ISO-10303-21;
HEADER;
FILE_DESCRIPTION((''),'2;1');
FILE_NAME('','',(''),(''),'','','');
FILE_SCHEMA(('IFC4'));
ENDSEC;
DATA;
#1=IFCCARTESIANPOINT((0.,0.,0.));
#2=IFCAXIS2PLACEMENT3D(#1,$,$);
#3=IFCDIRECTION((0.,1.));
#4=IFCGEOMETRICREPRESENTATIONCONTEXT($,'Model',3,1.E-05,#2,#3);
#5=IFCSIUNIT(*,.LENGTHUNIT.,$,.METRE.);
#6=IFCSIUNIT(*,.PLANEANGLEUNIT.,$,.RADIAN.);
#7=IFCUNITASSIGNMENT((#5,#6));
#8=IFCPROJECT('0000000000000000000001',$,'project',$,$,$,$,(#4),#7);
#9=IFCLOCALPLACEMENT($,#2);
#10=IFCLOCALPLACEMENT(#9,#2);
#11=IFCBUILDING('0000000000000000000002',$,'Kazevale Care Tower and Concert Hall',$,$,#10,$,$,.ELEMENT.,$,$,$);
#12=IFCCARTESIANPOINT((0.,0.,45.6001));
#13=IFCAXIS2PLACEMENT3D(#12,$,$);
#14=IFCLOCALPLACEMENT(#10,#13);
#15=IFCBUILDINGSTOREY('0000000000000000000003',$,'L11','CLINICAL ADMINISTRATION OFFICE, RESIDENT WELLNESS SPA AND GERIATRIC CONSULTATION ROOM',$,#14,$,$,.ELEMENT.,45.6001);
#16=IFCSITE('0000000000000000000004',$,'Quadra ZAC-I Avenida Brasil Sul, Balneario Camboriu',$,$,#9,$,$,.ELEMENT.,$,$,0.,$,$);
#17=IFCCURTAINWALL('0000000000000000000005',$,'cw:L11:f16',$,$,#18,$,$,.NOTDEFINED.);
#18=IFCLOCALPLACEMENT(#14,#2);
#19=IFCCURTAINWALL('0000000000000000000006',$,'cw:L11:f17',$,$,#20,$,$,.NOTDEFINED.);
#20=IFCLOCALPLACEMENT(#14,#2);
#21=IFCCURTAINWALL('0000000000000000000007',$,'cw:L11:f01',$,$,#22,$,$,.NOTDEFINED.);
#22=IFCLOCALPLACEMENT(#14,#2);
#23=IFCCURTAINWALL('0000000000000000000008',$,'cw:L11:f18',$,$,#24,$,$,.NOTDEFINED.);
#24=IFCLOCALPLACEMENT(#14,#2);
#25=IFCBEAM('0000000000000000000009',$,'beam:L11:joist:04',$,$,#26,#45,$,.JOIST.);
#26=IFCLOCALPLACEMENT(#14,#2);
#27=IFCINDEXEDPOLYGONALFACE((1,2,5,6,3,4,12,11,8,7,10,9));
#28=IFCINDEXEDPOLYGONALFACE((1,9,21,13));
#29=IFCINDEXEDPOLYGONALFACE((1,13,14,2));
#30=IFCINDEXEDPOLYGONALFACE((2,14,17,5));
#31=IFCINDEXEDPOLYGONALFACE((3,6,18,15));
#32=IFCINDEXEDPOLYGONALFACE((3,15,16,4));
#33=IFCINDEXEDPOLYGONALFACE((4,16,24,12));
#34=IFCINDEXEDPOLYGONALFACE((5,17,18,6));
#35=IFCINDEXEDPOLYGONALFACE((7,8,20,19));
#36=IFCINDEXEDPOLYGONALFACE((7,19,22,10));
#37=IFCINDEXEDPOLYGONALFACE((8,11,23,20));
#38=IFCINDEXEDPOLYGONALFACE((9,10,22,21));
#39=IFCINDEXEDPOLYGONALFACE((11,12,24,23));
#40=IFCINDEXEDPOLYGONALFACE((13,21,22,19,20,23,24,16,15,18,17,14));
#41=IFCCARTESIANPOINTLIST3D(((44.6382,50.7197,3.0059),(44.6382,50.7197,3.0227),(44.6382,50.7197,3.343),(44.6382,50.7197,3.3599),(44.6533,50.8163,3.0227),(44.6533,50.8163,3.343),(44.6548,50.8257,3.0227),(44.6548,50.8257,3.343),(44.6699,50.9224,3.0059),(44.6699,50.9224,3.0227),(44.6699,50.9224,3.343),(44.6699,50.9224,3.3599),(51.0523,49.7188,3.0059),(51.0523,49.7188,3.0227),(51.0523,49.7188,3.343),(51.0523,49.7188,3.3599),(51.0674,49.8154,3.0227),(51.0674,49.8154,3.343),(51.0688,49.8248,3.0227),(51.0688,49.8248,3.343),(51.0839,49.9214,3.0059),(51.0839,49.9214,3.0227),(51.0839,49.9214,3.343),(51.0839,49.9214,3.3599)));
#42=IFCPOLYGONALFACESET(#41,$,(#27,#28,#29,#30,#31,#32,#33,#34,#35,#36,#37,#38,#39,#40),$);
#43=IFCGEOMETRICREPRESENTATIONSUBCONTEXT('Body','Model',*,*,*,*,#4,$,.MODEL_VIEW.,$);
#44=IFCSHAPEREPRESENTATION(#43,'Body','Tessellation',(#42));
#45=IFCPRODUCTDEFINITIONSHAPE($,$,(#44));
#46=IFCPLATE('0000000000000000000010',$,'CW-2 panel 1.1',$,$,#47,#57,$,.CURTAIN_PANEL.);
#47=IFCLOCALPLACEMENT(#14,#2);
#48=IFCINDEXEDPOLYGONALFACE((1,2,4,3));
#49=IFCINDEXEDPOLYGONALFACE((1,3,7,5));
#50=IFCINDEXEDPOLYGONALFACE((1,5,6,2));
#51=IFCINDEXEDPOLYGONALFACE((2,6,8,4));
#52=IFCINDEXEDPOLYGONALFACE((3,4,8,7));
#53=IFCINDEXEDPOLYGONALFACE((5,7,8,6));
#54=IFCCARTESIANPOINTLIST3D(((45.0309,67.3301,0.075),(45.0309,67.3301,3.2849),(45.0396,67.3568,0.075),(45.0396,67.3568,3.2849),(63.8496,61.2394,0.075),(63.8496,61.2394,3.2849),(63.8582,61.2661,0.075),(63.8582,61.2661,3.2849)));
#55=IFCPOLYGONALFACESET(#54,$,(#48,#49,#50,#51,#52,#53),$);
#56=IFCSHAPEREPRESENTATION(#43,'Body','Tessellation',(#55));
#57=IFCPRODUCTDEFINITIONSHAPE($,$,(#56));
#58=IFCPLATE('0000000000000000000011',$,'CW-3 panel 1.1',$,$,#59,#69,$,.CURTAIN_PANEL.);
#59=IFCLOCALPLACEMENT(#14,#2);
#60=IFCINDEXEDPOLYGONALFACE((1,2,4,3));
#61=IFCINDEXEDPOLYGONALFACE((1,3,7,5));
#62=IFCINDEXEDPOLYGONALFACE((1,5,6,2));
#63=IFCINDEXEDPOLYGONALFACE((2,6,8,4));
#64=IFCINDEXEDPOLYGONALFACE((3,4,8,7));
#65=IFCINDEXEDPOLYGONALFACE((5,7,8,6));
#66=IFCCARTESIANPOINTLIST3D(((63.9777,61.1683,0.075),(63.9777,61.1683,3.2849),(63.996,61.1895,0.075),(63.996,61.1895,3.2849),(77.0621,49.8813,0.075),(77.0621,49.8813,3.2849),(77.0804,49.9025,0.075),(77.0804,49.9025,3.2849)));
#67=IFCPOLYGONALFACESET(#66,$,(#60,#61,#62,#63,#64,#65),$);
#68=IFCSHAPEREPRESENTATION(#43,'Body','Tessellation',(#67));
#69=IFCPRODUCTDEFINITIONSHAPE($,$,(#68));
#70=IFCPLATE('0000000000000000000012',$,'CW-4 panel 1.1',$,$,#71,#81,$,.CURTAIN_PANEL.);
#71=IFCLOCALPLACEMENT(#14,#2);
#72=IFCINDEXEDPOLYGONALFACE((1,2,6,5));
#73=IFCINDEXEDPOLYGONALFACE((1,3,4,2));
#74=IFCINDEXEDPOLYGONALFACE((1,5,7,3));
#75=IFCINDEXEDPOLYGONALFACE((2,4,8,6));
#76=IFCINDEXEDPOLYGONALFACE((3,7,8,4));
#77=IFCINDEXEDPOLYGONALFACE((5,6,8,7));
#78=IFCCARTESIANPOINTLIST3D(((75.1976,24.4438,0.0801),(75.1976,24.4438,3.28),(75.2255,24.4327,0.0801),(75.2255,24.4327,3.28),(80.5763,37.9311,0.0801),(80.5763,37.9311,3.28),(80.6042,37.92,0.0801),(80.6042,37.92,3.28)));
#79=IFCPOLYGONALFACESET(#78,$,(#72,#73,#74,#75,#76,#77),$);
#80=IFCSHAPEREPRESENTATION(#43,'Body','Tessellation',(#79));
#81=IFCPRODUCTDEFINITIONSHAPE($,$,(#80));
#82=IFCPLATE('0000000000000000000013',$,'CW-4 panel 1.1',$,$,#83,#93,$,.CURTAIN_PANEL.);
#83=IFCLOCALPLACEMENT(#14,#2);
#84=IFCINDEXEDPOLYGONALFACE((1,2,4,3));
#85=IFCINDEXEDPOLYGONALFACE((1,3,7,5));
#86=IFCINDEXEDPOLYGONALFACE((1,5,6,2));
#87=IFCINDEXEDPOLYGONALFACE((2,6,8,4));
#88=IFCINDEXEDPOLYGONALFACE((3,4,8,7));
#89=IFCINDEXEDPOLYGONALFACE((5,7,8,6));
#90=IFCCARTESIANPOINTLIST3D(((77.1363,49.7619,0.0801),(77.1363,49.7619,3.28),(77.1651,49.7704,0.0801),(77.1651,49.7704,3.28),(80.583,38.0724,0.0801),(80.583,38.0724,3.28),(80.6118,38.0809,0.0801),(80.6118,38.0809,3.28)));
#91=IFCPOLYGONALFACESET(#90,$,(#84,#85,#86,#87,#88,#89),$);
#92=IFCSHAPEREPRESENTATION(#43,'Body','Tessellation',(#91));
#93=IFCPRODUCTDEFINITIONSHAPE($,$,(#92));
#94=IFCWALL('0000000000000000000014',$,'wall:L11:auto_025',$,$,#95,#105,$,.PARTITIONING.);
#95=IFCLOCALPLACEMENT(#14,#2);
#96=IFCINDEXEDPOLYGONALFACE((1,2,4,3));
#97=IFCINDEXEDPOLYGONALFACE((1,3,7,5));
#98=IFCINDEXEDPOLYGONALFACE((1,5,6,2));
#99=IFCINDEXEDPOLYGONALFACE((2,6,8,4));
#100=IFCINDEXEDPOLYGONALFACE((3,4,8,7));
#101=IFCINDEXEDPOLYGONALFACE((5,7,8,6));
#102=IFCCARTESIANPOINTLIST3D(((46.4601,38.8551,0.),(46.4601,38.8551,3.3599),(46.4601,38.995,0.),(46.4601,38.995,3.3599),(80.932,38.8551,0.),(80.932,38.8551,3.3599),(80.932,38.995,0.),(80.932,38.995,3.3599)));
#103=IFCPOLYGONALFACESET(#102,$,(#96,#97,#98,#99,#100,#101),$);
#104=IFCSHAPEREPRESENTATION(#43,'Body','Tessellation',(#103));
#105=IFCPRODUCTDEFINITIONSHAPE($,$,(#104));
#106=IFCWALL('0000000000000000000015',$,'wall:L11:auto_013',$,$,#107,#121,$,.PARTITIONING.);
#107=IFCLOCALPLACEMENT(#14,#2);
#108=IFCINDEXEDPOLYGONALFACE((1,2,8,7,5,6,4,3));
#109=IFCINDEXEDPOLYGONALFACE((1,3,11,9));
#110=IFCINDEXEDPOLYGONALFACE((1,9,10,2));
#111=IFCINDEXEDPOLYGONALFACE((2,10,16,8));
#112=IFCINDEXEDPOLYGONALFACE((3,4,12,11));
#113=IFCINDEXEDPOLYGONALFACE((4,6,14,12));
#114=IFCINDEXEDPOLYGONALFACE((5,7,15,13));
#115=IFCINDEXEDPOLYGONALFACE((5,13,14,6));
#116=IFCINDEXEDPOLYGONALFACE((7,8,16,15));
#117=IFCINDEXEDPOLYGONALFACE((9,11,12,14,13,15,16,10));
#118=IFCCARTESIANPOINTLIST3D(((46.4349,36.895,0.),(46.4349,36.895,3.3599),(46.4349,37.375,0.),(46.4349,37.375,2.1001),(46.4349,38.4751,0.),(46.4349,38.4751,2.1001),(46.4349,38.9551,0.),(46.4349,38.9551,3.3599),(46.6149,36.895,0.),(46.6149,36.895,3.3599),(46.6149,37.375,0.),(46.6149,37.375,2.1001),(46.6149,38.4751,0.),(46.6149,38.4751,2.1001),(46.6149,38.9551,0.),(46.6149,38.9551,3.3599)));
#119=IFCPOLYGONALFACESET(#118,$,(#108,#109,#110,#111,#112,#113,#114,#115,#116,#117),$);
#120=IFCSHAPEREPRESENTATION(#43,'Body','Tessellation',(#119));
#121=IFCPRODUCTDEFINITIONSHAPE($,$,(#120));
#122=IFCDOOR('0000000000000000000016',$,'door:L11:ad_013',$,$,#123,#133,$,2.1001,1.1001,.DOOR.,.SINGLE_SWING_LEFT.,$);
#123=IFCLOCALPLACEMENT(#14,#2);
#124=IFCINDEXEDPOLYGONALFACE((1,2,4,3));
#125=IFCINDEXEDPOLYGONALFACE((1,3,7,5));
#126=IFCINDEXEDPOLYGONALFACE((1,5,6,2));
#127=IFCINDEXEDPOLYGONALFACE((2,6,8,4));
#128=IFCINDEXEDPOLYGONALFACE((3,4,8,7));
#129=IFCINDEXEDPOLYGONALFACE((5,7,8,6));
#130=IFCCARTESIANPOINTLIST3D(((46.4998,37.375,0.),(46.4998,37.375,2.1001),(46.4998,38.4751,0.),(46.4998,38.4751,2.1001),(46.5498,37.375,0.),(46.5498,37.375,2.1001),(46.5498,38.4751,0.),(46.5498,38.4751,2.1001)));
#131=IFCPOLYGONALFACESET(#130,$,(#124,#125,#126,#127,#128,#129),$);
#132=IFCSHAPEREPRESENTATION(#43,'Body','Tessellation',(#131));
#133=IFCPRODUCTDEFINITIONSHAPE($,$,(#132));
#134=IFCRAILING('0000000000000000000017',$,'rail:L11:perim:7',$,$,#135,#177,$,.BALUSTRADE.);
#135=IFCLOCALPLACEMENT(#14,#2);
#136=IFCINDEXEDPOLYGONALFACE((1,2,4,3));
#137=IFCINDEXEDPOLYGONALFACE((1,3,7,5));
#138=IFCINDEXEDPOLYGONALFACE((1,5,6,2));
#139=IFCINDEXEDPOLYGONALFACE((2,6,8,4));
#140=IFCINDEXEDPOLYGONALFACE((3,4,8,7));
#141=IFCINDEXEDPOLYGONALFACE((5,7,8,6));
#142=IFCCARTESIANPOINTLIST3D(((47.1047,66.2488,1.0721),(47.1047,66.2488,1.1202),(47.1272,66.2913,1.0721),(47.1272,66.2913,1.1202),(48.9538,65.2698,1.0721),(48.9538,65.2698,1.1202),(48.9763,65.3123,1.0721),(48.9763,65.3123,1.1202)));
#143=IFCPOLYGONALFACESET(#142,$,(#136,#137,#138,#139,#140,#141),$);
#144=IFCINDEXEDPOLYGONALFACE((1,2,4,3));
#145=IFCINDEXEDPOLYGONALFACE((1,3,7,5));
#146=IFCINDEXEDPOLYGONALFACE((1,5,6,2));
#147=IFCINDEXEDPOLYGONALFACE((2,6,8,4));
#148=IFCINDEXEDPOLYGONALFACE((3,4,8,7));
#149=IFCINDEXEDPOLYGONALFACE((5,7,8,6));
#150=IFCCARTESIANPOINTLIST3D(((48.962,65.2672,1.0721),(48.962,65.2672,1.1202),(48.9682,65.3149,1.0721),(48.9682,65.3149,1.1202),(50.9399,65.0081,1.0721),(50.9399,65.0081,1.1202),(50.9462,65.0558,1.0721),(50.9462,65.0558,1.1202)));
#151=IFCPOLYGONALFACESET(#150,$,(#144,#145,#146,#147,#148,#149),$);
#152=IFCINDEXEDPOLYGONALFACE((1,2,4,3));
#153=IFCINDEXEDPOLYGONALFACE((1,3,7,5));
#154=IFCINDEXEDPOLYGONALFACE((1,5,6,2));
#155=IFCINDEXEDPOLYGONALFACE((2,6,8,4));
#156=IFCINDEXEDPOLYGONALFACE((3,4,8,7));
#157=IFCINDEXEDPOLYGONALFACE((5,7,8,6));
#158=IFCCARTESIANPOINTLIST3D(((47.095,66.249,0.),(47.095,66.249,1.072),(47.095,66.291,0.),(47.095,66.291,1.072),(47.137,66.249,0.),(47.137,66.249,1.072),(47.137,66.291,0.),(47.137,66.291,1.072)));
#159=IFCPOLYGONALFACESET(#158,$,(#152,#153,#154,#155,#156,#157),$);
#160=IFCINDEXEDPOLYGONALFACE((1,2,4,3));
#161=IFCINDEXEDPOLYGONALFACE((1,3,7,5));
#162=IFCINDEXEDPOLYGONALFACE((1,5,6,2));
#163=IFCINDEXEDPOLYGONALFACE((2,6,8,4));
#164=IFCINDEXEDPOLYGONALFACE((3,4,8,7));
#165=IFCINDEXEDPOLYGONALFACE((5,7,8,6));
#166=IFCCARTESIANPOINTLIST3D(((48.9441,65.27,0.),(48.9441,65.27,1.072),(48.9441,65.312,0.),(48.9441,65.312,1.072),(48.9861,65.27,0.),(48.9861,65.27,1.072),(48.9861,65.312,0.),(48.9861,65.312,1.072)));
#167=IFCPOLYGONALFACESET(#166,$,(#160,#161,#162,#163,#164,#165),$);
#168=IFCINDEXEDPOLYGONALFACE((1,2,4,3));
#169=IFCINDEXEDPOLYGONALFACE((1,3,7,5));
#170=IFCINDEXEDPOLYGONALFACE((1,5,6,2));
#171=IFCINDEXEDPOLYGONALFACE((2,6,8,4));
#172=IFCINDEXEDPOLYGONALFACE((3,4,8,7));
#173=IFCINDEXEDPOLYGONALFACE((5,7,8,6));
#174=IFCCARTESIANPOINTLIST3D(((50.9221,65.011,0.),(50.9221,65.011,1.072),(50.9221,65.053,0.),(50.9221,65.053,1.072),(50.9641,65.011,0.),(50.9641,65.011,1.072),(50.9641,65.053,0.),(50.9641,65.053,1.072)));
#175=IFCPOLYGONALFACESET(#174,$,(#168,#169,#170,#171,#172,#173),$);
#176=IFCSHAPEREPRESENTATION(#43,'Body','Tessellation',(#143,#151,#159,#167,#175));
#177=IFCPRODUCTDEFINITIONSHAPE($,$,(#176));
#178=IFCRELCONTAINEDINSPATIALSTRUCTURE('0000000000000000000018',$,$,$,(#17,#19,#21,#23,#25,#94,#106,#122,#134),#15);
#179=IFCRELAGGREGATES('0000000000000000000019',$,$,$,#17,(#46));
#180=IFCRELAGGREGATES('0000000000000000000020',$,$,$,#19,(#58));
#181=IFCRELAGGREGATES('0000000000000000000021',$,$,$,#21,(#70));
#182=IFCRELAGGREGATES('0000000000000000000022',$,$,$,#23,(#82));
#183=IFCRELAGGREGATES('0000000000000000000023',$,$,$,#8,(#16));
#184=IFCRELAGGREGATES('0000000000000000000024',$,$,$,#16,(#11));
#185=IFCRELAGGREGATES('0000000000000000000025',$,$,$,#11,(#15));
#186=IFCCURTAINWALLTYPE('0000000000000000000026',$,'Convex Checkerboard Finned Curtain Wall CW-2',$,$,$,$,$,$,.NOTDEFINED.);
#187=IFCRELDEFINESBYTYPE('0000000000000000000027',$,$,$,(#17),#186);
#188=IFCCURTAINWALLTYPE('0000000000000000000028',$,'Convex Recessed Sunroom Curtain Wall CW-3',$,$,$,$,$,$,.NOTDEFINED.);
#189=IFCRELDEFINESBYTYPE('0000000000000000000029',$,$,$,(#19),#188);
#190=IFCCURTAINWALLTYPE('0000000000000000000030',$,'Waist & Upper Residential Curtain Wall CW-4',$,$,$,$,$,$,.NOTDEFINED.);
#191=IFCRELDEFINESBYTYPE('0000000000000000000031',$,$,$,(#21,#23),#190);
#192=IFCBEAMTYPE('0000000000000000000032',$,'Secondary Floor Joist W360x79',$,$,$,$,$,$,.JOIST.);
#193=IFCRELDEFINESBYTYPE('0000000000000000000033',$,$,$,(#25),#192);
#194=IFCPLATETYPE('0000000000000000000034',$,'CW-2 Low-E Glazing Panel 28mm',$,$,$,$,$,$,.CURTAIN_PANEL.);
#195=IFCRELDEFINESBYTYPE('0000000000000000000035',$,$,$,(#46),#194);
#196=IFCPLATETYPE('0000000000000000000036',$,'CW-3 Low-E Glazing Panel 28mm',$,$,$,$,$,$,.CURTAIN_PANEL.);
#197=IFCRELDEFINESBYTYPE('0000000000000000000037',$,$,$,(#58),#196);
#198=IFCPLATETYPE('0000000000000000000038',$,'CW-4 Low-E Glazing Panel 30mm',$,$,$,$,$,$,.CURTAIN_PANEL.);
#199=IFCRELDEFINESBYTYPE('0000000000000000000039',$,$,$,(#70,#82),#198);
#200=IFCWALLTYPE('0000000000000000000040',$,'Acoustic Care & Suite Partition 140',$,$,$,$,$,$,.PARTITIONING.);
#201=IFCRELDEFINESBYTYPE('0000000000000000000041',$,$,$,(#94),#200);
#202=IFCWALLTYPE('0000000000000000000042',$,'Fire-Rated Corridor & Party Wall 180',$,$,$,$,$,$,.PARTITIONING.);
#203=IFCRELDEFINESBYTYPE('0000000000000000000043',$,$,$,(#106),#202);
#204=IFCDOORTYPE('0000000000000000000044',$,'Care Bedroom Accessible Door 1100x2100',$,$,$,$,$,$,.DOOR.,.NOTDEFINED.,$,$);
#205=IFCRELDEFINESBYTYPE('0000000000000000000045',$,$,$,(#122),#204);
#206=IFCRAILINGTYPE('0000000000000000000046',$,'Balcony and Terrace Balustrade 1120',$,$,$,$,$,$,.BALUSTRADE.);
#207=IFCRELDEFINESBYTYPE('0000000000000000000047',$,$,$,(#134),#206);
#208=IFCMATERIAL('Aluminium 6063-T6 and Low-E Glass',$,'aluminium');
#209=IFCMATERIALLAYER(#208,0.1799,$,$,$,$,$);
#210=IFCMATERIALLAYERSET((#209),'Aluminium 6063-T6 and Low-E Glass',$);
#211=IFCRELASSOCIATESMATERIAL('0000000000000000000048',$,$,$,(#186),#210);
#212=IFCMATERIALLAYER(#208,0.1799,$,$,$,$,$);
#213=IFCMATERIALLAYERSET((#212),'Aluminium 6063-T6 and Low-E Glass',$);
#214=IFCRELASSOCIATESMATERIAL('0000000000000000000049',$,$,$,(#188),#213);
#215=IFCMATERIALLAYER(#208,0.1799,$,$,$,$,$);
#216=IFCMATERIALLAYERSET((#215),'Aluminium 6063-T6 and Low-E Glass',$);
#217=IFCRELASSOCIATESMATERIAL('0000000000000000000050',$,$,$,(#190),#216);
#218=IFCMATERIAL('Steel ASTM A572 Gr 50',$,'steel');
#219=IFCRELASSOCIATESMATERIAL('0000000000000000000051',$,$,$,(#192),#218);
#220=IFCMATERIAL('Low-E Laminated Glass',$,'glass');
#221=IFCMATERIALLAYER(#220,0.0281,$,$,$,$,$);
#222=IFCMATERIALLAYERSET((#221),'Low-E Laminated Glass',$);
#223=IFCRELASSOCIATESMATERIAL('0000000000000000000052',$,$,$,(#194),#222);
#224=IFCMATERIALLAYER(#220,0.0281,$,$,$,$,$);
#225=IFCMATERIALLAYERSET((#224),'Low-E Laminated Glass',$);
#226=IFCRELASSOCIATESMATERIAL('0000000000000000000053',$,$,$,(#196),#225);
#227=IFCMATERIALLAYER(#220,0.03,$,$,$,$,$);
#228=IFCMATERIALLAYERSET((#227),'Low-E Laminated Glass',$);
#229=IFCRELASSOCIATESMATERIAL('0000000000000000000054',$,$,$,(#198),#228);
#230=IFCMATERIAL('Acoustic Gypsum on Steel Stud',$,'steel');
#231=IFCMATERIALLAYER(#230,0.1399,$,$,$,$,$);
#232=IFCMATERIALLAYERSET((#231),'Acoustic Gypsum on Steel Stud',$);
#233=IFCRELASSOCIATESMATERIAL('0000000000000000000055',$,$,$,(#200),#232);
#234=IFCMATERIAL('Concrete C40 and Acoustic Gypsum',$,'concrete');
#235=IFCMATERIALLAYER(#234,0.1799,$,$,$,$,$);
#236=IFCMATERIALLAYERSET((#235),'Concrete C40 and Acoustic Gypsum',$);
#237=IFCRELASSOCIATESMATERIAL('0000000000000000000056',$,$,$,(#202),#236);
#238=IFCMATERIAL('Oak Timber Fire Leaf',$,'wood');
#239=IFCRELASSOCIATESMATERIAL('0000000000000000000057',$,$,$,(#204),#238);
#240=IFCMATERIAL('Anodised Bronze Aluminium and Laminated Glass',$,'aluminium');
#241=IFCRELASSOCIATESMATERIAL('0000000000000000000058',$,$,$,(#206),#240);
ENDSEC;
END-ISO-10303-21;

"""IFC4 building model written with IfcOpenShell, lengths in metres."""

from ifc_helpers import new_model, si_unit, direction, frame, frame_2d, origin, origin_2d, place, context, subcontext, project, spatial, rectangle, i_section, extrude, material, layer, layer_set, material_profile, profile_set, type_object, element, fill, aggregate, save


model = new_model("IFC4")

# Units and contexts
model_context = context("Model", 3, precision=1e-05, world=origin(), true_north=direction((0.0, 1.0)))
body_context = subcontext(model_context, "Body", "Model", "MODEL_VIEW")
ifc_project = project(units=[si_unit("LENGTHUNIT", "METRE"), si_unit("PLANEANGLEUNIT", "RADIAN")], contexts=[model_context])

# Site, building, storey
site_placement = place(None, origin())
site = spatial("IfcSite", under=ifc_project, at=site_placement, Name="Quadra ZAC-I Avenida Brasil Sul, Balneario Camboriu", CompositionType="ELEMENT", RefElevation=0.0)
building_placement = place(site_placement, origin())
building = spatial("IfcBuilding", under=site, at=building_placement, Name="Kazevale Care Tower and Concert Hall", CompositionType="ELEMENT")
storey_placement = place(building_placement, frame((0.0, 0.0, 45.6001)))
storey = spatial("IfcBuildingStorey", under=building, at=storey_placement, Name="L11", Description="CLINICAL ADMINISTRATION OFFICE, RESIDENT WELLNESS SPA AND GERIATRIC CONSULTATION ROOM", CompositionType="ELEMENT", Elevation=45.6001)

# Curtain wall
ifc_material_1 = material(Name="Aluminium 6063-T6 and Low-E Glass", Category="aluminium")
ifc_layer_1 = layer(ifc_material_1, 0.1799)
ifc_layer_set_1 = layer_set([ifc_layer_1], Name="Aluminium 6063-T6 and Low-E Glass")
curtain_wall_type_1 = type_object("IfcCurtainWallType", Name="Convex Checkerboard Finned Curtain Wall CW-2", PredefinedType="NOTDEFINED", material=ifc_layer_set_1)
curtain_wall_1_placement = place(storey_placement, origin())
curtain_wall_1 = element("IfcCurtainWall", 1, at=curtain_wall_1_placement, inside=storey, type_object=curtain_wall_type_1, Name="cw:L11:f16", PredefinedType="NOTDEFINED")

# Curtain wall
ifc_layer_2 = layer(ifc_material_1, 0.1799)
ifc_layer_set_2 = layer_set([ifc_layer_2], Name="Aluminium 6063-T6 and Low-E Glass")
curtain_wall_type_2 = type_object("IfcCurtainWallType", Name="Convex Recessed Sunroom Curtain Wall CW-3", PredefinedType="NOTDEFINED", material=ifc_layer_set_2)
curtain_wall_2_placement = place(storey_placement, origin())
curtain_wall_2 = element("IfcCurtainWall", 2, at=curtain_wall_2_placement, inside=storey, type_object=curtain_wall_type_2, Name="cw:L11:f17", PredefinedType="NOTDEFINED")

# Curtain wall
ifc_layer_3 = layer(ifc_material_1, 0.1799)
ifc_layer_set_3 = layer_set([ifc_layer_3], Name="Aluminium 6063-T6 and Low-E Glass")
curtain_wall_type_3 = type_object("IfcCurtainWallType", Name="Waist & Upper Residential Curtain Wall CW-4", PredefinedType="NOTDEFINED", material=ifc_layer_set_3)
curtain_wall_3_placement = place(storey_placement, origin())
curtain_wall_3 = element("IfcCurtainWall", 3, at=curtain_wall_3_placement, inside=storey, type_object=curtain_wall_type_3, Name="cw:L11:f01", PredefinedType="NOTDEFINED")

# Curtain wall
curtain_wall_4_placement = place(storey_placement, origin())
curtain_wall_4 = element("IfcCurtainWall", 4, at=curtain_wall_4_placement, inside=storey, type_object=curtain_wall_type_3, Name="cw:L11:f18", PredefinedType="NOTDEFINED")

# Beam
ifc_material_2 = material(Name="Steel ASTM A572 Gr 50", Category="steel")
ifc_material_profile_1 = material_profile(ifc_material_2, i_section(OverallWidth=0.2051, OverallDepth=0.354, WebThickness=0.0095, FlangeThickness=0.0168, at=origin_2d()), Name="W360x79")
ifc_profile_set_1 = profile_set([ifc_material_profile_1], Name="Steel ASTM A572 Gr 50")
beam_type_1 = type_object("IfcBeamType", Name="Secondary Floor Joist W360x79", PredefinedType="JOIST", material=ifc_profile_set_1)
beam_1_placement = place(storey_placement, frame((51.0681, 49.8201, 3.1829), z_axis=(-0.988041, 0.154193, 0.0), x_axis=(-0.154193, -0.988041, 0.0)))
element("IfcBeam", 5, at=beam_1_placement, inside=storey, type_object=beam_type_1, Name="beam:L11:joist:04", PredefinedType="JOIST", context=body_context, shape_type="SweptSolid", body=[
    extrude(i_section(OverallWidth=0.2051, OverallDepth=0.354, WebThickness=0.0095, FlangeThickness=0.0168, at=origin_2d()), origin(), (0.0, 0.0, 1.0), 6.4917),
])

# Plates
ifc_material_3 = material(Name="Low-E Laminated Glass", Category="glass")
ifc_layer_4 = layer(ifc_material_3, 0.0281)
ifc_layer_set_4 = layer_set([ifc_layer_4], Name="Low-E Laminated Glass")
plate_type_1 = type_object("IfcPlateType", Name="CW-2 Low-E Glazing Panel 28mm", PredefinedType="CURTAIN_PANEL", material=ifc_layer_set_4)
plate_1_placement = place(storey_placement, frame((54.4446, 64.2981, 0.075), z_axis=(0.0, 0.0, 1.0), x_axis=(0.95141, -0.307926, 0.0)))
plate_1 = element("IfcPlate", 6, at=plate_1_placement, type_object=plate_type_1, Name="CW-2 panel 1.1", PredefinedType="CURTAIN_PANEL", context=body_context, shape_type="SweptSolid", body=[
    extrude(rectangle(XDim=19.7798, YDim=0.0281, at=origin_2d()), origin(), (0.0, 0.0, 1.0), 3.21),
])
aggregate(curtain_wall_1, [plate_1])
ifc_layer_5 = layer(ifc_material_3, 0.0281)
ifc_layer_set_5 = layer_set([ifc_layer_5], Name="Low-E Laminated Glass")
plate_type_2 = type_object("IfcPlateType", Name="CW-3 Low-E Glazing Panel 28mm", PredefinedType="CURTAIN_PANEL", material=ifc_layer_set_5)
plate_2_placement = place(storey_placement, frame((70.5291, 55.5354, 0.075), z_axis=(0.0, 0.0, 1.0), x_axis=(0.7572, -0.653184, 0.0)))
plate_2 = element("IfcPlate", 7, at=plate_2_placement, type_object=plate_type_2, Name="CW-3 panel 1.1", PredefinedType="CURTAIN_PANEL", context=body_context, shape_type="SweptSolid", body=[
    extrude(rectangle(XDim=17.28, YDim=0.0281, at=origin_2d()), origin(), (0.0, 0.0, 1.0), 3.21),
])
aggregate(curtain_wall_2, [plate_2])
ifc_layer_6 = layer(ifc_material_3, 0.03)
ifc_layer_set_6 = layer_set([ifc_layer_6], Name="Low-E Laminated Glass")
plate_type_3 = type_object("IfcPlateType", Name="CW-4 Low-E Glazing Panel 30mm", PredefinedType="CURTAIN_PANEL", material=ifc_layer_set_6)
plate_3_placement = place(storey_placement, frame((77.9009, 31.1819, 0.0801), z_axis=(0.0, 0.0, 1.0), x_axis=(-0.370427, -0.928861, 0.0)))
plate_3 = element("IfcPlate", 8, at=plate_3_placement, type_object=plate_type_3, Name="CW-4 panel 1.1", PredefinedType="CURTAIN_PANEL", context=body_context, shape_type="SweptSolid", body=[
    extrude(rectangle(XDim=14.5203, YDim=0.03, at=origin_2d()), origin(), (0.0, 0.0, 1.0), 3.2),
])
aggregate(curtain_wall_3, [plate_3])
plate_4_placement = place(storey_placement, frame((78.874, 43.9214, 0.0801), z_axis=(0.0, 0.0, 1.0), x_axis=(0.28282, -0.959173, 0.0)))
plate_4 = element("IfcPlate", 9, at=plate_4_placement, type_object=plate_type_3, Name="CW-4 panel 1.1", PredefinedType="CURTAIN_PANEL", context=body_context, shape_type="SweptSolid", body=[
    extrude(rectangle(XDim=12.187, YDim=0.03, at=origin_2d()), origin(), (0.0, 0.0, 1.0), 3.2),
])
aggregate(curtain_wall_4, [plate_4])

# Wall
ifc_material_4 = material(Name="Acoustic Gypsum on Steel Stud", Category="steel")
ifc_layer_7 = layer(ifc_material_4, 0.1399)
ifc_layer_set_7 = layer_set([ifc_layer_7], Name="Acoustic Gypsum on Steel Stud")
wall_type_1 = type_object("IfcWallType", Name="Acoustic Care & Suite Partition 140", PredefinedType="PARTITIONING", material=ifc_layer_set_7)
wall_1_placement = place(storey_placement, frame((80.9319, 38.925, 0.0), z_axis=(0.0, 0.0, 1.0), x_axis=(-1.0, 0.0, 0.0)))
element("IfcWall", 10, at=wall_1_placement, inside=storey, type_object=wall_type_1, Name="wall:L11:auto_025", PredefinedType="PARTITIONING", context=body_context, shape_type="SweptSolid", body=[
    extrude(rectangle(XDim=34.4719, YDim=0.1399, at=frame_2d((17.2358, 0.0))), origin(), (0.0, 0.0, 1.0), 3.3599),
])

# Wall, opening, door
ifc_material_5 = material(Name="Concrete C40 and Acoustic Gypsum", Category="concrete")
ifc_layer_8 = layer(ifc_material_5, 0.1799)
ifc_layer_set_8 = layer_set([ifc_layer_8], Name="Concrete C40 and Acoustic Gypsum")
wall_type_2 = type_object("IfcWallType", Name="Fire-Rated Corridor & Party Wall 180", PredefinedType="PARTITIONING", material=ifc_layer_set_8)
wall_2_placement = place(storey_placement, frame((46.5249, 38.9551, 0.0), z_axis=(0.0, 0.0, 1.0), x_axis=(0.0, -1.0, 0.0)))
wall_2 = element("IfcWall", 11, at=wall_2_placement, inside=storey, type_object=wall_type_2, Name="wall:L11:auto_013", PredefinedType="PARTITIONING", context=body_context, shape_type="SweptSolid", body=[
    extrude(rectangle(XDim=2.0601, YDim=0.1799, at=frame_2d((1.03, 0.0))), origin(), (0.0, 0.0, 1.0), 3.3599),
])
opening_placement = place(wall_2_placement, frame((0.48, 0.0, 0.0)))
opening = element("IfcOpeningElement", 12, at=opening_placement, cuts=wall_2, PredefinedType="OPENING", context=body_context, shape_type="SweptSolid", body=[
    extrude(rectangle(XDim=1.1001, YDim=2.1001, at=frame_2d((0.55, 1.05))), frame((0.0, 0.0999, 0.0), z_axis=(0.0, -1.0, 0.0), x_axis=(1.0, 0.0, 0.0)), (0.0, 0.0, 1.0), 0.2),
])
ifc_material_6 = material(Name="Oak Timber Fire Leaf", Category="wood")
door_type = type_object("IfcDoorType", Name="Care Bedroom Accessible Door 1100x2100", OperationType="NOTDEFINED", PredefinedType="DOOR", material=ifc_material_6)
door_placement = place(opening_placement, origin())
door = element("IfcDoor", 13, at=door_placement, inside=storey, type_object=door_type, Name="door:L11:ad_013", OperationType="SINGLE_SWING_LEFT", OverallHeight=2.1001, OverallWidth=1.1001, PredefinedType="DOOR", context=body_context, shape_type="SweptSolid", body=[
    extrude(rectangle(XDim=1.1001, YDim=2.1001, at=frame_2d((0.55, 1.05))), frame((0.0, 0.0249, 0.0), z_axis=(0.0, -1.0, 0.0), x_axis=(1.0, 0.0, 0.0)), (0.0, 0.0, 1.0), 0.05),
])
fill(opening, door)

# Railing
ifc_material_7 = material(Name="Anodised Bronze Aluminium and Laminated Glass", Category="aluminium")
railing_type = type_object("IfcRailingType", Name="Balcony and Terrace Balustrade 1120", PredefinedType="BALUSTRADE", material=ifc_material_7)
railing_1_placement = place(storey_placement, frame((47.116, 66.27, 0.0)))
element("IfcRailing", 14, at=railing_1_placement, inside=storey, type_object=railing_type, Name="rail:L11:perim:7", PredefinedType="BALUSTRADE", context=body_context, shape_type="SweptSolid", body=[
    extrude(rectangle(XDim=0.0481, YDim=0.0481, at=origin_2d()), frame((0.0, 0.0, 1.0962), z_axis=(0.883777, -0.467909, 0.0), x_axis=(0.467909, 0.883777, 0.0)), (0.0, 0.0, 1.0), 2.0923),
    extrude(rectangle(XDim=0.0481, YDim=0.0481, at=origin_2d()), frame((1.8491, -0.979, 1.0962), z_axis=(0.991534, -0.129847, 0.0), x_axis=(0.129847, 0.991534, 0.0)), (0.0, 0.0, 1.0), 1.9949),
    extrude(rectangle(XDim=0.042, YDim=0.042, at=origin_2d()), origin(), (0.0, 0.0, 1.0), 1.072),
    extrude(rectangle(XDim=0.042, YDim=0.042, at=origin_2d()), frame((1.8491, -0.979, 0.0)), (0.0, 0.0, 1.0), 1.072),
    extrude(rectangle(XDim=0.042, YDim=0.042, at=origin_2d()), frame((3.8271, -1.238, 0.0)), (0.0, 0.0, 1.0), 1.072),
])

save(model, "model.ifc")
